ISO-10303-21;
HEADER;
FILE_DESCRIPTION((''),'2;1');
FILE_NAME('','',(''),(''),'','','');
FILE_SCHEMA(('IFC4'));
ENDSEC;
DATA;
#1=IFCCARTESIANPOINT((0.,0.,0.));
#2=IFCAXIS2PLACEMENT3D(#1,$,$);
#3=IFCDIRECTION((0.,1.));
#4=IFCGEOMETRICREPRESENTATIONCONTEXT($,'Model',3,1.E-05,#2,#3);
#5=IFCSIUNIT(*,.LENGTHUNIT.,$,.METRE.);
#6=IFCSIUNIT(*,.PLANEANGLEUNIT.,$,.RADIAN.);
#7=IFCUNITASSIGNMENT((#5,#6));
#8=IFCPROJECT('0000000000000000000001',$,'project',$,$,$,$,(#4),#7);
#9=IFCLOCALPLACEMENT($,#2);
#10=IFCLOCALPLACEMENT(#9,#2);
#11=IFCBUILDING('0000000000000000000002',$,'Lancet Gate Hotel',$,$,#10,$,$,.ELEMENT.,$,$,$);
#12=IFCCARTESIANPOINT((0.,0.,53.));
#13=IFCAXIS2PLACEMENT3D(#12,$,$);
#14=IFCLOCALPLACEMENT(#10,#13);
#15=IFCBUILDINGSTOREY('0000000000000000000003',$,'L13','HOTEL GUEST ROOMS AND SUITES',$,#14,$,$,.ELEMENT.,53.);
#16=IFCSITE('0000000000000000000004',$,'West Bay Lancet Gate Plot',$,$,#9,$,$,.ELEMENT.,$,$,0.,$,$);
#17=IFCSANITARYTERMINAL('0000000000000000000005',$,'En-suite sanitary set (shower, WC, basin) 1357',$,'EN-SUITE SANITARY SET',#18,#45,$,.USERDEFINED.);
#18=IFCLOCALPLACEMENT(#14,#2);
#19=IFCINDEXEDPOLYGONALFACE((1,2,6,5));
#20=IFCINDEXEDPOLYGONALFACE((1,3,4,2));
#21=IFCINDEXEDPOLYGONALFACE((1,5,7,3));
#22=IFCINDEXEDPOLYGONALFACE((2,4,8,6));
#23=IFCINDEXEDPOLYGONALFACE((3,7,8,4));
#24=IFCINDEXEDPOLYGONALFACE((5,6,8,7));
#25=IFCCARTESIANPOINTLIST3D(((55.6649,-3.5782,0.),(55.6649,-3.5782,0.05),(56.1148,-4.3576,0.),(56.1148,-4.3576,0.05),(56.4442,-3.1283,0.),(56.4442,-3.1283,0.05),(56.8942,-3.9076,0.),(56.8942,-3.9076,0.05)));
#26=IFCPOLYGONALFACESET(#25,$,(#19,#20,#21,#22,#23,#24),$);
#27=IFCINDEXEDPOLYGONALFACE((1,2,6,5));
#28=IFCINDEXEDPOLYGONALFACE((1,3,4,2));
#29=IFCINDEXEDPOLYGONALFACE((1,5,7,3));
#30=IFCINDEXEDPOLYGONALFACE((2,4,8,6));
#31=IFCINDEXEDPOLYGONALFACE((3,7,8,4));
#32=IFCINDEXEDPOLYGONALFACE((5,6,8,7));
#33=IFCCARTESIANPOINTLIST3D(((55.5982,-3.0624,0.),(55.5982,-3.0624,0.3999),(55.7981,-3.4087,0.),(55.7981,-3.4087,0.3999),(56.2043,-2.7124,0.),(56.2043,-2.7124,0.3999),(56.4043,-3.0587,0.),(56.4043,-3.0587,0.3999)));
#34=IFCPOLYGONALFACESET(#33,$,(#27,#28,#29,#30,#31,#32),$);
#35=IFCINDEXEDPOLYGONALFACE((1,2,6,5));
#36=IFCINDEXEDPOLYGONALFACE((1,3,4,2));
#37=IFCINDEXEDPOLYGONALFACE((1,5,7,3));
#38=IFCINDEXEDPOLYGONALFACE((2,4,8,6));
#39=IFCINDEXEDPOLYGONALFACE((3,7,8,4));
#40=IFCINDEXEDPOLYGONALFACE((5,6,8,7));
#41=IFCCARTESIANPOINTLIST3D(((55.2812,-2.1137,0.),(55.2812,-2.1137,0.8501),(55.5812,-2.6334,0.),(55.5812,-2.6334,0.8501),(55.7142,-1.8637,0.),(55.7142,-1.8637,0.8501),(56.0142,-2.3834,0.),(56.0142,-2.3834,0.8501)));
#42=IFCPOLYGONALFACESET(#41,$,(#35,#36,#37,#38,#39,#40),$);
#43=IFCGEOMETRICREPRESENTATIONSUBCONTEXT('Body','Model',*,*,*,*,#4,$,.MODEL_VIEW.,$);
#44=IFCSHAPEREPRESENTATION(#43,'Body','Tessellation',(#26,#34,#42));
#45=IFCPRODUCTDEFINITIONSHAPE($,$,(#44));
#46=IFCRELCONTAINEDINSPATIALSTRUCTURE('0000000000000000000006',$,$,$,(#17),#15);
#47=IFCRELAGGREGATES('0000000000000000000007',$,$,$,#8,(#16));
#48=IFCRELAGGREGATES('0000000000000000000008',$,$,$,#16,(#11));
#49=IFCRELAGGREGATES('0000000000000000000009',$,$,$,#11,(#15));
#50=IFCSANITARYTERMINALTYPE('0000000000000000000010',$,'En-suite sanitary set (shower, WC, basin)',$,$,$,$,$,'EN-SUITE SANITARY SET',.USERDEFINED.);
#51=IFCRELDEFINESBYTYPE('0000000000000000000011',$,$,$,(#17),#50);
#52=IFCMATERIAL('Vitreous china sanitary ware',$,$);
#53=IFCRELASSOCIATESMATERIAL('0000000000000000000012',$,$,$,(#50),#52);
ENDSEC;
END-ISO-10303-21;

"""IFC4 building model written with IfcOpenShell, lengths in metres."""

from ifc_helpers import new_model, si_unit, direction, frame, origin, origin_2d, place, context, subcontext, project, spatial, rectangle, extrude, material, type_object, element, save


model = new_model("IFC4")

# Units and contexts
model_context = context("Model", 3, precision=1e-05, world=origin(), true_north=direction((0.0, 1.0)))
body_context = subcontext(model_context, "Body", "Model", "MODEL_VIEW")
ifc_project = project(units=[si_unit("LENGTHUNIT", "METRE"), si_unit("PLANEANGLEUNIT", "RADIAN")], contexts=[model_context])

# Site, building, storey
site_placement = place(None, origin())
site = spatial("IfcSite", under=ifc_project, at=site_placement, Name="West Bay Lancet Gate Plot", CompositionType="ELEMENT", RefElevation=0.0)
building_placement = place(site_placement, origin())
building = spatial("IfcBuilding", under=site, at=building_placement, Name="Lancet Gate Hotel", CompositionType="ELEMENT")
storey_placement = place(building_placement, frame((0.0, 0.0, 53.0)))
storey = spatial("IfcBuildingStorey", under=building, at=storey_placement, Name="L13", Description="HOTEL GUEST ROOMS AND SUITES", CompositionType="ELEMENT", Elevation=53.0)

# Sanitary terminal
ifc_material_1 = material(Name="Vitreous china sanitary ware")
sanitary_terminal_type = type_object("IfcSanitaryTerminalType", Name="En-suite sanitary set (shower, WC, basin)", ElementType="EN-SUITE SANITARY SET", PredefinedType="USERDEFINED", material=ifc_material_1)
sanitary_terminal_placement = place(storey_placement, frame((56.2795, -3.7429, 0.0), z_axis=(0.0, 0.0, 1.0), x_axis=(1.0, 0.0, 0.0)))
element("IfcSanitaryTerminal", 1, at=sanitary_terminal_placement, inside=storey, type_object=sanitary_terminal_type, Name="En-suite sanitary set (shower, WC, basin) 1357", ObjectType="EN-SUITE SANITARY SET", PredefinedType="USERDEFINED", context=body_context, shape_type="SweptSolid", body=[
    extrude(rectangle(XDim=0.8999, YDim=0.8999, at=origin_2d()), frame((0.0, 0.0, 0.0), z_axis=(0.0, 0.0, 1.0), x_axis=(0.5, -0.866025, 0.0)), (0.0, 0.0, 1.0), 0.05),
    extrude(rectangle(XDim=0.3999, YDim=0.7, at=origin_2d()), frame((-0.2783, 0.6824, 0.0), z_axis=(0.0, 0.0, 1.0), x_axis=(0.5, -0.866025, 0.0)), (0.0, 0.0, 1.0), 0.3999),
    extrude(rectangle(XDim=0.6001, YDim=0.5, at=origin_2d()), frame((-0.6318, 1.4944, 0.0), z_axis=(0.0, 0.0, 1.0), x_axis=(0.5, -0.866025, 0.0)), (0.0, 0.0, 1.0), 0.8501),
])

save(model, "model.ifc")
